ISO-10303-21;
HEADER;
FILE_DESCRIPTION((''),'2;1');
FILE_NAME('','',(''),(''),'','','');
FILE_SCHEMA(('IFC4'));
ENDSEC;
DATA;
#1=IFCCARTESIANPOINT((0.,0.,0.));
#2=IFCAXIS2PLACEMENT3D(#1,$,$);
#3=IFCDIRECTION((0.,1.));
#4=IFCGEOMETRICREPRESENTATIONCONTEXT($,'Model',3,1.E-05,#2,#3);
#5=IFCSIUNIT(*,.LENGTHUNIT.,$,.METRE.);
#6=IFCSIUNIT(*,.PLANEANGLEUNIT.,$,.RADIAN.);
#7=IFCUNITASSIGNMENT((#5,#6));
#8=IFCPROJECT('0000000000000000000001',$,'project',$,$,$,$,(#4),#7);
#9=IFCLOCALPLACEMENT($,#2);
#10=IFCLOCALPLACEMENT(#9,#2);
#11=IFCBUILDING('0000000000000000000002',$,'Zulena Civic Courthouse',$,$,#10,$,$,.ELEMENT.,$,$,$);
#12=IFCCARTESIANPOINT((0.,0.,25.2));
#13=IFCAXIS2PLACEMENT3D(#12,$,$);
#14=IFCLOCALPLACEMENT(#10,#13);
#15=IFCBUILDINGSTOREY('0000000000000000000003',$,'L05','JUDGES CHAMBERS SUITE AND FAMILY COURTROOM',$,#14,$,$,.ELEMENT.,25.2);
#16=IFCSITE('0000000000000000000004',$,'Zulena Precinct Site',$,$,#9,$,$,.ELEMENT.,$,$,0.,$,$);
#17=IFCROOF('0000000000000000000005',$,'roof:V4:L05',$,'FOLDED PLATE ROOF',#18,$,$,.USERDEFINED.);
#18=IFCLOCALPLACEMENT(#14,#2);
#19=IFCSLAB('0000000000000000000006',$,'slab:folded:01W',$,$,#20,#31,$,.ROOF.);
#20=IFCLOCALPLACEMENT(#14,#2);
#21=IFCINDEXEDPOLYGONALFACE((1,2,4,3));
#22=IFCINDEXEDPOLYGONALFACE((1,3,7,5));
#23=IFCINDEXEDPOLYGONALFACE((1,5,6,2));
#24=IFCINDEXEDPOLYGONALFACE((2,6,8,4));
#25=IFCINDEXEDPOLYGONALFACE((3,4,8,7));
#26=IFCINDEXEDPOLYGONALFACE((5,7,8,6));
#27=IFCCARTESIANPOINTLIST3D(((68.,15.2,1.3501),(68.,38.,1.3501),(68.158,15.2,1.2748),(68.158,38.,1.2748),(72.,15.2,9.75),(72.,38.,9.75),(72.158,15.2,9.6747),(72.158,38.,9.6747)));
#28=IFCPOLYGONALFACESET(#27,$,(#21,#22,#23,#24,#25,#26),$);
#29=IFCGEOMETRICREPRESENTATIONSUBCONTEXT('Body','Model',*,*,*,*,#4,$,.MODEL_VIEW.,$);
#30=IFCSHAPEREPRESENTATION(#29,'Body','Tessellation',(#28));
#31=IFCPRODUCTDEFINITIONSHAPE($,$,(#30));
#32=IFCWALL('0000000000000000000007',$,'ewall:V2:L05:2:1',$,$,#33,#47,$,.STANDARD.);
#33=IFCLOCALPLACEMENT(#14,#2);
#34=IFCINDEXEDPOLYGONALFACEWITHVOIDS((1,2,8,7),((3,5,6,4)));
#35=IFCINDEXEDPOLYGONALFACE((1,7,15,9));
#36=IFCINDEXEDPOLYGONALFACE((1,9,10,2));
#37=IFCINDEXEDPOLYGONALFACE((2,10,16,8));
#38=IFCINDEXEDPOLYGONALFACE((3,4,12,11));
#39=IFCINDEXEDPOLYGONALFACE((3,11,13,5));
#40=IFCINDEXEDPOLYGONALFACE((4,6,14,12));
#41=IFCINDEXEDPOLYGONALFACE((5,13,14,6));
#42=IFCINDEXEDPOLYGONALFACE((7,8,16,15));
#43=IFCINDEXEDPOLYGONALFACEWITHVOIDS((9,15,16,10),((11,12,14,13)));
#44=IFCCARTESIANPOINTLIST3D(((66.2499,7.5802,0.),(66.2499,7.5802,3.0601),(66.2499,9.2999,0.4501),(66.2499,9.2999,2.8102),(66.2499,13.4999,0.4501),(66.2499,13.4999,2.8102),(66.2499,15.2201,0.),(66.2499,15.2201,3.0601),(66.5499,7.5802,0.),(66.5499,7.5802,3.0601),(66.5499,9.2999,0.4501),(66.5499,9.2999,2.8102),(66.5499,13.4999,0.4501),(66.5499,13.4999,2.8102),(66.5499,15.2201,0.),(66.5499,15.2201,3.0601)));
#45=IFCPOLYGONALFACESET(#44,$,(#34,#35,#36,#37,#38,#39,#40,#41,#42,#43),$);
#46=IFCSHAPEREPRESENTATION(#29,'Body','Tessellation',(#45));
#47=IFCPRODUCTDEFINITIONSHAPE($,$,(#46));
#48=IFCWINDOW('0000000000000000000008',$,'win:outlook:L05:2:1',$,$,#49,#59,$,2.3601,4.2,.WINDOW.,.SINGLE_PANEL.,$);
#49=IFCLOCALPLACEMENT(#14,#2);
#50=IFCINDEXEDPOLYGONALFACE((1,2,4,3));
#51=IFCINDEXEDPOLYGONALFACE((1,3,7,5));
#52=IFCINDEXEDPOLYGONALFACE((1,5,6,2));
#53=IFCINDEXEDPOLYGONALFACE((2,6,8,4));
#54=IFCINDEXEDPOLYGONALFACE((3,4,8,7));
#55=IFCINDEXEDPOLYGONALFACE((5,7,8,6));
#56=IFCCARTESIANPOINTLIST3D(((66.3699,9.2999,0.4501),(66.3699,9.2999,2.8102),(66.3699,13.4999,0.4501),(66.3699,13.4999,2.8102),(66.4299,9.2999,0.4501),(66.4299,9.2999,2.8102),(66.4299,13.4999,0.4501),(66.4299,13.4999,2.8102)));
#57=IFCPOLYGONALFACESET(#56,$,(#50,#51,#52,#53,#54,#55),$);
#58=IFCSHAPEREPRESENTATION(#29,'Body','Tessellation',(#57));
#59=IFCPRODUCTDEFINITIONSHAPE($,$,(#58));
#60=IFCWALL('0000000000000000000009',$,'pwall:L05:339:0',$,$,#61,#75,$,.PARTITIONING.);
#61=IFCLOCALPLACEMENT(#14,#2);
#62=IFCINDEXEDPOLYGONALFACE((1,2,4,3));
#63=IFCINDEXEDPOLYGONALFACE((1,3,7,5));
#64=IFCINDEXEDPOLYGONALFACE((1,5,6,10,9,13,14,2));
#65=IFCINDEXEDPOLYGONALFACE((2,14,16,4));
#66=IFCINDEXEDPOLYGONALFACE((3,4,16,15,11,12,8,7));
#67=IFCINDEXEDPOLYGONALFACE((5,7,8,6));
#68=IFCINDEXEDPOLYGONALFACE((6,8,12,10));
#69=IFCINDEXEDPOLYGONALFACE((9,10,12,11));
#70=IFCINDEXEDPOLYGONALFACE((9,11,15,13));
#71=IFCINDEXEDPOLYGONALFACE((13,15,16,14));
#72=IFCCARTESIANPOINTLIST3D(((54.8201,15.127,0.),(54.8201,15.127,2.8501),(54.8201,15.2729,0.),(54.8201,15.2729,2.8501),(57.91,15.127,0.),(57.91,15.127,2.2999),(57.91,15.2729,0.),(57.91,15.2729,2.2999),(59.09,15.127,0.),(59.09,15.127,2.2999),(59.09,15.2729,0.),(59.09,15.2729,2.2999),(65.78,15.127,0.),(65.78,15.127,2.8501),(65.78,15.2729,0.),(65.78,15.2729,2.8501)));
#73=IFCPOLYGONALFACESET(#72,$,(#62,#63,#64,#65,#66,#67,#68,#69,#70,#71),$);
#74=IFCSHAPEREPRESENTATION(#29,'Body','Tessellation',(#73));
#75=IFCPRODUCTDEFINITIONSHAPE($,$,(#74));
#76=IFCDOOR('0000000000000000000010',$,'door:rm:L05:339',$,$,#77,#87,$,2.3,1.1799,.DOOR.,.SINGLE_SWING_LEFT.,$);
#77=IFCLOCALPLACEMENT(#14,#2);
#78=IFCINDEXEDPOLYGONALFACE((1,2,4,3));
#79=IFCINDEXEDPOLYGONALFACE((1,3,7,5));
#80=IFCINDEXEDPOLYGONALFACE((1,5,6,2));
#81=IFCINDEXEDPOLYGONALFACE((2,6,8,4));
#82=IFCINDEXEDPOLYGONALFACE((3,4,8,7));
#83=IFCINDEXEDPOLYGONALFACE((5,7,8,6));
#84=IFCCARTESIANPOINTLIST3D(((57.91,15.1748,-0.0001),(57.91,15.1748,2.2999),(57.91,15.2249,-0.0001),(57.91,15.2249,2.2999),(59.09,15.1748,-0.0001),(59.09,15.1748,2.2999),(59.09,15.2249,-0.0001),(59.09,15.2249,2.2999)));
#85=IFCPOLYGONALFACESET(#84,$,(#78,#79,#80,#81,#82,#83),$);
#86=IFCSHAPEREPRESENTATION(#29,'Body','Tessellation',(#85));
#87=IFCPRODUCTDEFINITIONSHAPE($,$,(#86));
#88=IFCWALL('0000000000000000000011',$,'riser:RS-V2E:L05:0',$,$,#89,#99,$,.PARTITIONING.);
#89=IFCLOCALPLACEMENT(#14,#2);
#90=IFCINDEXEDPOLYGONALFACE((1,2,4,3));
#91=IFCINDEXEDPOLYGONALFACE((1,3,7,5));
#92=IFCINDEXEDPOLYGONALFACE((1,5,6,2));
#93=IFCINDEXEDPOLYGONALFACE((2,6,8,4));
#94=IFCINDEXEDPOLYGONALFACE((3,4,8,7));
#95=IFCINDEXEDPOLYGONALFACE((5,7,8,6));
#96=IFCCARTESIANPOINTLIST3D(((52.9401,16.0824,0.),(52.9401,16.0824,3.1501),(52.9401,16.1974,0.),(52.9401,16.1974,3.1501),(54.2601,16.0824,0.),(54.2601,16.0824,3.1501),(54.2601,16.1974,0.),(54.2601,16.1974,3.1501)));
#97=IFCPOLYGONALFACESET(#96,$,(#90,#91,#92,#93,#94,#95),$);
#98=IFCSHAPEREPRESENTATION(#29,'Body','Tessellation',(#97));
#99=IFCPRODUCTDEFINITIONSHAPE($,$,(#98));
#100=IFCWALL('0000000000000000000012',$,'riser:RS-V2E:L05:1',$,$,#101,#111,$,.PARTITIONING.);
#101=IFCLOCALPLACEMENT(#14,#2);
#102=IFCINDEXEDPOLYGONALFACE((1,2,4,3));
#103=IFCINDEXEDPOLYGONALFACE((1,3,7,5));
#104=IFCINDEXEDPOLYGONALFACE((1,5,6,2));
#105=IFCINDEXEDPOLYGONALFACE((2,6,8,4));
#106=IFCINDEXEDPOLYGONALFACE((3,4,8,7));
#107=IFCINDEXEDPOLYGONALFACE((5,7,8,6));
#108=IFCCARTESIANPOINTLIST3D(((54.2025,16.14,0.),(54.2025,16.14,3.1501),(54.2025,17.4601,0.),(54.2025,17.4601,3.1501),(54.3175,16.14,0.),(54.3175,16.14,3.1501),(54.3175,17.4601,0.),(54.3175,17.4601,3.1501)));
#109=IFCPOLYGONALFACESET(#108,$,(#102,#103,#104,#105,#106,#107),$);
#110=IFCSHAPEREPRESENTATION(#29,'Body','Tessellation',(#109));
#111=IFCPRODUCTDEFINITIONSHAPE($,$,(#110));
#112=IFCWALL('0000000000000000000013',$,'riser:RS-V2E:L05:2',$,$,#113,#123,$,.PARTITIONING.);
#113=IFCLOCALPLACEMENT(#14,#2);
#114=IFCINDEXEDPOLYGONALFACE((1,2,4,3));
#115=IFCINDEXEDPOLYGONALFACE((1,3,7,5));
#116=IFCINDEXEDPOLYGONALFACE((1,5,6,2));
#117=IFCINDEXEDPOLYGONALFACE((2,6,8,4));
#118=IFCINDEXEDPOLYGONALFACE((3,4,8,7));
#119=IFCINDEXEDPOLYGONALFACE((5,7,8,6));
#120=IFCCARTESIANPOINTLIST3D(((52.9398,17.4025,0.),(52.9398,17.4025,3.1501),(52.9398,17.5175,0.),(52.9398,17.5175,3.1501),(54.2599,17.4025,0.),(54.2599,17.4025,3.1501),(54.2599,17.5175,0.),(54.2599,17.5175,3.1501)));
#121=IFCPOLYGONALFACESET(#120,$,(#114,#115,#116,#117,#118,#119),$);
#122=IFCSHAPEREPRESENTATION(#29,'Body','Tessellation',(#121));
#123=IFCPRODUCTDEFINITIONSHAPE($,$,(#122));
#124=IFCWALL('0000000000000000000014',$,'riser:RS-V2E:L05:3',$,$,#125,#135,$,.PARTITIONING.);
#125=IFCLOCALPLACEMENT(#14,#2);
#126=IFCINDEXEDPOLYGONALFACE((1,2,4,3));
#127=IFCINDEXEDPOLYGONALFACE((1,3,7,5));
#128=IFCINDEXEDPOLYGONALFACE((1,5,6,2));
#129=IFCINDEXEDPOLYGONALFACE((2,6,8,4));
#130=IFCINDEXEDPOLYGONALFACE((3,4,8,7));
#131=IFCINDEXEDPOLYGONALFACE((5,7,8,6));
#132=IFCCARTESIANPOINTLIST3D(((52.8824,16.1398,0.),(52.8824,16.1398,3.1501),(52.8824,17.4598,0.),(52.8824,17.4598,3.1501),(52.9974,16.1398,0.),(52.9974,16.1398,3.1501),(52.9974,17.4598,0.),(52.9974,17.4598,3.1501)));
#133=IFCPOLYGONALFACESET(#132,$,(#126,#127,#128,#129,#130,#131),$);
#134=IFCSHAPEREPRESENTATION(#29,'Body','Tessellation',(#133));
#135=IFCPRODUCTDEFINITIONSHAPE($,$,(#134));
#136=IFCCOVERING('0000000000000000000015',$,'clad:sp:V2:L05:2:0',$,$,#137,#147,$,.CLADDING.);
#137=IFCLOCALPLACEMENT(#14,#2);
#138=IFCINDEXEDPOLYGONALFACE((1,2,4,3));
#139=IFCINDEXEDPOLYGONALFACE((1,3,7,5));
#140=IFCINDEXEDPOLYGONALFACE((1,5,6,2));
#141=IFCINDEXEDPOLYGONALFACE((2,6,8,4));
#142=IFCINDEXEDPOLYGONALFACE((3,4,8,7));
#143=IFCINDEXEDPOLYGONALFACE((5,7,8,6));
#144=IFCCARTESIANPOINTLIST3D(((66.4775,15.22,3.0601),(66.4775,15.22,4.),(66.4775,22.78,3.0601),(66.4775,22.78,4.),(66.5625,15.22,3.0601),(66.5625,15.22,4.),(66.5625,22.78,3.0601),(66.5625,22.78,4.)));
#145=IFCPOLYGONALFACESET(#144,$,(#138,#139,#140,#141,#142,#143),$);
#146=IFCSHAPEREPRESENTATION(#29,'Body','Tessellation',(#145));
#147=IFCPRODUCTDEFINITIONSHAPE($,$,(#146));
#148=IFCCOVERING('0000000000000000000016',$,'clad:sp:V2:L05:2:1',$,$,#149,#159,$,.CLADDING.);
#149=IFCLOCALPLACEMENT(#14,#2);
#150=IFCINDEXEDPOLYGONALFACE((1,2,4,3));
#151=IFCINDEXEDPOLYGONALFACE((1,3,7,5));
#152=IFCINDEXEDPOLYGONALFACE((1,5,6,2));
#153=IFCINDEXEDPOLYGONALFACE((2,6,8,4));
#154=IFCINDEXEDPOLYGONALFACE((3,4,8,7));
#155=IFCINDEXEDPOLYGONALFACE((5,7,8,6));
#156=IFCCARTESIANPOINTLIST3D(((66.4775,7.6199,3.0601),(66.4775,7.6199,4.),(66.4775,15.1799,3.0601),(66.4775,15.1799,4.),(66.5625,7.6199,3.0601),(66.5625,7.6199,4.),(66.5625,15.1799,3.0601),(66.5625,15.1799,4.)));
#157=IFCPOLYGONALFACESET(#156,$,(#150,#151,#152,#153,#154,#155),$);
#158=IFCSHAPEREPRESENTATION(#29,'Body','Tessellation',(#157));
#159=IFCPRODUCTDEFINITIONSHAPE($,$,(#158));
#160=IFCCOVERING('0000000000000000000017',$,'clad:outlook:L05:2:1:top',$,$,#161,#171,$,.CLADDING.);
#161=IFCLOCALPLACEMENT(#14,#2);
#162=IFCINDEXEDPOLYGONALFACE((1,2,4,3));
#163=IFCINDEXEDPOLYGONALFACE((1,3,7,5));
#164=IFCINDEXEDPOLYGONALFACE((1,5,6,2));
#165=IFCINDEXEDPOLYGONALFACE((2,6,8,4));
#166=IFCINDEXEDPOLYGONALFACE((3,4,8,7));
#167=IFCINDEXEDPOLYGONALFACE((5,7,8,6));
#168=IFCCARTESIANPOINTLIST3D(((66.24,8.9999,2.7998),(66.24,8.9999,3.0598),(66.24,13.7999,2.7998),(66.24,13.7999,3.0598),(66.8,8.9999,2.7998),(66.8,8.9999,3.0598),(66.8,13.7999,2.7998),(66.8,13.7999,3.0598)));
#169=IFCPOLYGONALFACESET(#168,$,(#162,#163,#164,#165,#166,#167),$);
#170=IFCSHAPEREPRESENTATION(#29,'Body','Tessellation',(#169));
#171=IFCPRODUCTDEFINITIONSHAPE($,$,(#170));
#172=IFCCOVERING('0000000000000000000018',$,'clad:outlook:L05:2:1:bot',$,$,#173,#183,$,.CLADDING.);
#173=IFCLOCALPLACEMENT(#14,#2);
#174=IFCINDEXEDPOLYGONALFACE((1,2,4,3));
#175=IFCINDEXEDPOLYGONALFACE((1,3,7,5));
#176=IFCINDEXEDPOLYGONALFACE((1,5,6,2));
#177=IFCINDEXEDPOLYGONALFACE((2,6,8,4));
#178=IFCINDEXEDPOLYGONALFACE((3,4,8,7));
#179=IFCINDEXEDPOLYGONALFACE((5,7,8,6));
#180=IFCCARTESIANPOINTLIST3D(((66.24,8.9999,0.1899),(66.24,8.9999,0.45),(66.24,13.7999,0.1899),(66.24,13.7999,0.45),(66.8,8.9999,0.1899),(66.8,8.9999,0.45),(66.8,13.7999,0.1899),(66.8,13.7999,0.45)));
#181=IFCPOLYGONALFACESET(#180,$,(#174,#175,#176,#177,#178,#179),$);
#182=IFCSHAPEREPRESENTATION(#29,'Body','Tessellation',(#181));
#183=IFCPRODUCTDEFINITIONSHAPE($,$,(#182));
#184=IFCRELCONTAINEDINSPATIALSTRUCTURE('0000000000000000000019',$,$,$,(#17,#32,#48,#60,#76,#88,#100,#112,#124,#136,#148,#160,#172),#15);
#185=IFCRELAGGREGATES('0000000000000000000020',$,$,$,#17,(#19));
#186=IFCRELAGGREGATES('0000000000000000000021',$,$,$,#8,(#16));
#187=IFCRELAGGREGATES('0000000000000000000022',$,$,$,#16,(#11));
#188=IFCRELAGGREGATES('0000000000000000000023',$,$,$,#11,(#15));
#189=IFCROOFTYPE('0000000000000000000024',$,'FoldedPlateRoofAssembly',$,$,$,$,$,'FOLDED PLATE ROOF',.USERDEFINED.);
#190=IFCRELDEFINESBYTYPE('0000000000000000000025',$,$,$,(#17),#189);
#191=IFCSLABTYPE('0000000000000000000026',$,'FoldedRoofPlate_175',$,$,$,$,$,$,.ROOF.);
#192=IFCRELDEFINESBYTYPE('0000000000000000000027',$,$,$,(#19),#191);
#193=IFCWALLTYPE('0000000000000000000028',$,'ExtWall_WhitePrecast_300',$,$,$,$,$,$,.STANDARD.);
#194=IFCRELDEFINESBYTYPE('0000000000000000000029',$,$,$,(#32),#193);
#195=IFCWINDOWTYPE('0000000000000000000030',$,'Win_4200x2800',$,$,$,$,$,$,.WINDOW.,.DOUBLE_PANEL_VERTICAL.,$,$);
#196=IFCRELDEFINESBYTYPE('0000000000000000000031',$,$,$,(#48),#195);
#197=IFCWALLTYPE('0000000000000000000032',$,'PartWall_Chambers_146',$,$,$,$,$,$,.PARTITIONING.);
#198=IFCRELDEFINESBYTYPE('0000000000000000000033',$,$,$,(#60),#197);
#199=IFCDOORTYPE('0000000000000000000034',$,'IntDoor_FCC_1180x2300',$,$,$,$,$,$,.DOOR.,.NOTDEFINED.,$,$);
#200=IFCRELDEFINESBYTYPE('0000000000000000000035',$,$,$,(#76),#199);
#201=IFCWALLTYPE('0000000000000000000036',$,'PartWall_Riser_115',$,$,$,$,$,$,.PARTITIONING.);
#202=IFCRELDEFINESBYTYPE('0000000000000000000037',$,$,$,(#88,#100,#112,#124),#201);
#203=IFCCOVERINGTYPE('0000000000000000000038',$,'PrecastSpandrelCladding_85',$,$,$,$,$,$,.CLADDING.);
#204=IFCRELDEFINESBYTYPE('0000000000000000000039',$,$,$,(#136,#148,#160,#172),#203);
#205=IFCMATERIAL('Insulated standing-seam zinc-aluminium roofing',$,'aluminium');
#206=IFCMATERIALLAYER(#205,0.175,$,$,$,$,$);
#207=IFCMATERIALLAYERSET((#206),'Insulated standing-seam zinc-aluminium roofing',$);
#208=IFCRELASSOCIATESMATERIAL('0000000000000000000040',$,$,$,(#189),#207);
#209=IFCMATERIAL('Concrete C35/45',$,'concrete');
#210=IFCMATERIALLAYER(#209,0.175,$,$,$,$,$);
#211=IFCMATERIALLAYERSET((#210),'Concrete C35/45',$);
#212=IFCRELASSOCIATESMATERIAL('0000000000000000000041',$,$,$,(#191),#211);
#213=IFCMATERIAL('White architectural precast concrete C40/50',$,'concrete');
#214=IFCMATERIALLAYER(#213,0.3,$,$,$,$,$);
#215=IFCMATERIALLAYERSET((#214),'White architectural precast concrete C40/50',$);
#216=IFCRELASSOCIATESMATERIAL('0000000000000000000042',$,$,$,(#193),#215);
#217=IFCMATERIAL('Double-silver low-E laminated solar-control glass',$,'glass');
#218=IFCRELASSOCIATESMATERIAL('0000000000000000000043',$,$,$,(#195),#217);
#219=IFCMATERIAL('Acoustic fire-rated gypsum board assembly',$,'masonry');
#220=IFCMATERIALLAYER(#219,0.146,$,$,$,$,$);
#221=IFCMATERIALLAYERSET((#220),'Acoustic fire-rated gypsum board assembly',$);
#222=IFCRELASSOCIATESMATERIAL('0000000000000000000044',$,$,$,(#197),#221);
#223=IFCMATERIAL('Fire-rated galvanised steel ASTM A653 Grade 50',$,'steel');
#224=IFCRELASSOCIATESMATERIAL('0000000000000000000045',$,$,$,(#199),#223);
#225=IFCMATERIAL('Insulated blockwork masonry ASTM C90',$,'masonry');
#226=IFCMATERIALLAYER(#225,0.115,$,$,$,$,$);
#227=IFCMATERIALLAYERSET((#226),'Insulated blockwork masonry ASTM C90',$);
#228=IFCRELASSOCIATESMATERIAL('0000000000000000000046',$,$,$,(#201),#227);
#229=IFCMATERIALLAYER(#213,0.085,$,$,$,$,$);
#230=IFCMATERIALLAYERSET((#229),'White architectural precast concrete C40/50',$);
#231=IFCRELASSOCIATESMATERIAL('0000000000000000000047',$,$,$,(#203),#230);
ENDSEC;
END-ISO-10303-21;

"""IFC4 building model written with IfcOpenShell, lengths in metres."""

from ifc_helpers import new_model, si_unit, direction, frame, frame_2d, origin, origin_2d, place, context, subcontext, project, spatial, polyline, rectangle, outline, extrude, material, layer, layer_set, type_object, element, fill, aggregate, save


model = new_model("IFC4")

# Units and contexts
model_context = context("Model", 3, precision=1e-05, world=origin(), true_north=direction((0.0, 1.0)))
body_context = subcontext(model_context, "Body", "Model", "MODEL_VIEW")
ifc_project = project(units=[si_unit("LENGTHUNIT", "METRE"), si_unit("PLANEANGLEUNIT", "RADIAN")], contexts=[model_context])

# Site, building, storey
site_placement = place(None, origin())
site = spatial("IfcSite", under=ifc_project, at=site_placement, Name="Zulena Precinct Site", CompositionType="ELEMENT", RefElevation=0.0)
building_placement = place(site_placement, origin())
building = spatial("IfcBuilding", under=site, at=building_placement, Name="Zulena Civic Courthouse", CompositionType="ELEMENT")
storey_placement = place(building_placement, frame((0.0, 0.0, 25.2)))
storey = spatial("IfcBuildingStorey", under=building, at=storey_placement, Name="L05", Description="JUDGES CHAMBERS SUITE AND FAMILY COURTROOM", CompositionType="ELEMENT", Elevation=25.2)

# Roof, slab
ifc_material_1 = material(Name="Insulated standing-seam zinc-aluminium roofing", Category="aluminium")
ifc_layer_1 = layer(ifc_material_1, 0.175)
ifc_layer_set_1 = layer_set([ifc_layer_1], Name="Insulated standing-seam zinc-aluminium roofing")
roof_type = type_object("IfcRoofType", Name="FoldedPlateRoofAssembly", ElementType="FOLDED PLATE ROOF", PredefinedType="USERDEFINED", material=ifc_layer_set_1)
roof_placement = place(storey_placement, origin())
roof = element("IfcRoof", 1, at=roof_placement, inside=storey, type_object=roof_type, Name="roof:V4:L05", ObjectType="FOLDED PLATE ROOF", PredefinedType="USERDEFINED")
ifc_material_2 = material(Name="Concrete C35/45", Category="concrete")
ifc_layer_2 = layer(ifc_material_2, 0.175)
ifc_layer_set_2 = layer_set([ifc_layer_2], Name="Concrete C35/45")
slab_type = type_object("IfcSlabType", Name="FoldedRoofPlate_175", PredefinedType="ROOF", material=ifc_layer_set_2)
slab_placement = place(storey_placement, frame((68.0, 15.2, 1.3501), z_axis=(-0.902859, 0.0, 0.429938), x_axis=(0.429938, 0.0, 0.902859)))
slab = element("IfcSlab", 2, at=slab_placement, type_object=slab_type, Name="slab:folded:01W", PredefinedType="ROOF", context=body_context, shape_type="SweptSolid", body=[
    extrude(outline(polyline([(0.0, 0.0), (9.3037, 0.0), (9.3037, 22.8), (0.0, 22.8), (0.0, 0.0)])), origin(), (0.0, 0.0, -1.0), 0.175),
])
aggregate(roof, [slab])

# Wall, opening, window
ifc_material_3 = material(Name="White architectural precast concrete C40/50", Category="concrete")
ifc_layer_3 = layer(ifc_material_3, 0.3)
ifc_layer_set_3 = layer_set([ifc_layer_3], Name="White architectural precast concrete C40/50")
wall_type_1 = type_object("IfcWallType", Name="ExtWall_WhitePrecast_300", PredefinedType="STANDARD", material=ifc_layer_set_3)
wall_1_placement = place(storey_placement, frame((66.3999, 15.22, 0.0), z_axis=(0.0, 0.0, 1.0), x_axis=(0.0, -1.0, 0.0)))
wall_1 = element("IfcWall", 3, at=wall_1_placement, inside=storey, type_object=wall_type_1, Name="ewall:V2:L05:2:1", PredefinedType="STANDARD", context=body_context, shape_type="SweptSolid", body=[
    extrude(rectangle(XDim=7.6399, YDim=0.3, at=frame_2d((3.8198, 0.0))), origin(), (0.0, 0.0, 1.0), 3.0601),
])
opening_1_placement = place(wall_1_placement, frame((1.72, 0.0, 0.45)))
opening_1 = element("IfcOpeningElement", 4, at=opening_1_placement, cuts=wall_1, PredefinedType="OPENING", context=body_context, shape_type="SweptSolid", body=[
    extrude(rectangle(XDim=4.2, YDim=2.3601, at=frame_2d((2.1001, 1.1802))), frame((0.0, 0.1599, 0.0), z_axis=(0.0, -1.0, 0.0), x_axis=(1.0, 0.0, 0.0)), (0.0, 0.0, 1.0), 0.3201),
])
ifc_material_4 = material(Name="Double-silver low-E laminated solar-control glass", Category="glass")
window_type = type_object("IfcWindowType", Name="Win_4200x2800", PartitioningType="DOUBLE_PANEL_VERTICAL", PredefinedType="WINDOW", material=ifc_material_4)
window_placement = place(opening_1_placement, origin())
window = element("IfcWindow", 5, at=window_placement, inside=storey, type_object=window_type, Name="win:outlook:L05:2:1", OverallHeight=2.3601, OverallWidth=4.2, PartitioningType="SINGLE_PANEL", PredefinedType="WINDOW", context=body_context, shape_type="SweptSolid", body=[
    extrude(rectangle(XDim=4.2, YDim=2.3601, at=frame_2d((2.1001, 1.1802))), frame((0.0, 0.03, 0.0), z_axis=(0.0, -1.0, 0.0), x_axis=(1.0, 0.0, 0.0)), (0.0, 0.0, 1.0), 0.0601),
])
fill(opening_1, window)

# Wall, opening, door
ifc_material_5 = material(Name="Acoustic fire-rated gypsum board assembly", Category="masonry")
ifc_layer_4 = layer(ifc_material_5, 0.146)
ifc_layer_set_4 = layer_set([ifc_layer_4], Name="Acoustic fire-rated gypsum board assembly")
wall_type_2 = type_object("IfcWallType", Name="PartWall_Chambers_146", PredefinedType="PARTITIONING", material=ifc_layer_set_4)
wall_2_placement = place(storey_placement, frame((54.8201, 15.2, 0.0), z_axis=(0.0, 0.0, 1.0), x_axis=(1.0, 0.0, 0.0)))
wall_2 = element("IfcWall", 6, at=wall_2_placement, inside=storey, type_object=wall_type_2, Name="pwall:L05:339:0", PredefinedType="PARTITIONING", context=body_context, shape_type="SweptSolid", body=[
    extrude(rectangle(XDim=10.96, YDim=0.146, at=frame_2d((5.48, 0.0))), origin(), (0.0, 0.0, 1.0), 2.8501),
])
opening_2_placement = place(wall_2_placement, frame((3.0901, 0.0, 0.0)))
opening_2 = element("IfcOpeningElement", 7, at=opening_2_placement, cuts=wall_2, PredefinedType="OPENING", context=body_context, shape_type="SweptSolid", body=[
    extrude(rectangle(XDim=1.1799, YDim=2.3, at=frame_2d((0.5898, 1.1499))), frame((0.0, 0.083, 0.0), z_axis=(0.0, -1.0, 0.0), x_axis=(1.0, 0.0, 0.0)), (0.0, 0.0, 1.0), 0.166),
])
ifc_material_6 = material(Name="Fire-rated galvanised steel ASTM A653 Grade 50", Category="steel")
door_type = type_object("IfcDoorType", Name="IntDoor_FCC_1180x2300", OperationType="NOTDEFINED", PredefinedType="DOOR", material=ifc_material_6)
door_placement = place(opening_2_placement, origin())
door = element("IfcDoor", 8, at=door_placement, inside=storey, type_object=door_type, Name="door:rm:L05:339", OperationType="SINGLE_SWING_LEFT", OverallHeight=2.3, OverallWidth=1.1799, PredefinedType="DOOR", context=body_context, shape_type="SweptSolid", body=[
    extrude(rectangle(XDim=1.1799, YDim=2.3, at=frame_2d((0.5898, 1.1499))), frame((0.0, 0.0249, 0.0), z_axis=(0.0, -1.0, 0.0), x_axis=(1.0, 0.0, 0.0)), (0.0, 0.0, 1.0), 0.05),
])
fill(opening_2, door)

# Walls
ifc_material_7 = material(Name="Insulated blockwork masonry ASTM C90", Category="masonry")
ifc_layer_5 = layer(ifc_material_7, 0.115)
ifc_layer_set_5 = layer_set([ifc_layer_5], Name="Insulated blockwork masonry ASTM C90")
wall_type_3 = type_object("IfcWallType", Name="PartWall_Riser_115", PredefinedType="PARTITIONING", material=ifc_layer_set_5)
for number, where, z_axis, x_axis, name in (
    (9, (52.9399, 16.1399, 0.0), (0.0, 0.0, 1.0), (1.0, 0.0, 0.0), "riser:RS-V2E:L05:0"),
    (10, (54.26, 16.1399, 0.0), (0.0, 0.0, 1.0), (0.0, 1.0, 0.0), "riser:RS-V2E:L05:1"),
    (11, (54.26, 17.46, 0.0), (0.0, 0.0, 1.0), (-1.0, 0.0, 0.0), "riser:RS-V2E:L05:2"),
    (12, (52.9399, 17.46, 0.0), (0.0, 0.0, 1.0), (0.0, -1.0, 0.0), "riser:RS-V2E:L05:3"),
):
    element("IfcWall", number, at=place(storey_placement, frame(where, z_axis=z_axis, x_axis=x_axis)), inside=storey, type_object=wall_type_3, Name=name, PredefinedType="PARTITIONING", context=body_context, shape_type="SweptSolid", body=[
        extrude(rectangle(XDim=1.3201, YDim=0.115, at=frame_2d((0.6602, 0.0))), origin(), (0.0, 0.0, 1.0), 3.1501),
    ])

# Coverings
ifc_layer_6 = layer(ifc_material_3, 0.085)
ifc_layer_set_6 = layer_set([ifc_layer_6], Name="White architectural precast concrete C40/50")
covering_type = type_object("IfcCoveringType", Name="PrecastSpandrelCladding_85", PredefinedType="CLADDING", material=ifc_layer_set_6)
for number, where, z_axis, x_axis, name in (
    (13, (66.52, 19.0, 3.0601), (0.0, 0.0, 1.0), (0.0, -1.0, 0.0), "clad:sp:V2:L05:2:0"),
    (14, (66.52, 11.3999, 3.0601), (0.0, 0.0, 1.0), (0.0, -1.0, 0.0), "clad:sp:V2:L05:2:1"),
):
    element("IfcCovering", number, at=place(storey_placement, frame(where, z_axis=z_axis, x_axis=x_axis)), inside=storey, type_object=covering_type, Name=name, PredefinedType="CLADDING", context=body_context, shape_type="SweptSolid", body=[
        extrude(rectangle(XDim=7.5601, YDim=0.085, at=origin_2d()), origin(), (0.0, 0.0, 1.0), 0.9399),
    ])
for number, where, z_axis, x_axis, name in (
    (15, (66.52, 11.3999, 2.7998), (0.0, 0.0, 1.0), (1.0, 0.0, 0.0), "clad:outlook:L05:2:1:top"),
    (16, (66.52, 11.3999, 0.1899), (0.0, 0.0, 1.0), (1.0, 0.0, 0.0), "clad:outlook:L05:2:1:bot"),
):
    element("IfcCovering", number, at=place(storey_placement, frame(where, z_axis=z_axis, x_axis=x_axis)), inside=storey, type_object=covering_type, Name=name, PredefinedType="CLADDING", context=body_context, shape_type="SweptSolid", body=[
        extrude(rectangle(XDim=0.5601, YDim=4.8, at=origin_2d()), origin(), (0.0, 0.0, 1.0), 0.26),
    ])

save(model, "model.ifc")
